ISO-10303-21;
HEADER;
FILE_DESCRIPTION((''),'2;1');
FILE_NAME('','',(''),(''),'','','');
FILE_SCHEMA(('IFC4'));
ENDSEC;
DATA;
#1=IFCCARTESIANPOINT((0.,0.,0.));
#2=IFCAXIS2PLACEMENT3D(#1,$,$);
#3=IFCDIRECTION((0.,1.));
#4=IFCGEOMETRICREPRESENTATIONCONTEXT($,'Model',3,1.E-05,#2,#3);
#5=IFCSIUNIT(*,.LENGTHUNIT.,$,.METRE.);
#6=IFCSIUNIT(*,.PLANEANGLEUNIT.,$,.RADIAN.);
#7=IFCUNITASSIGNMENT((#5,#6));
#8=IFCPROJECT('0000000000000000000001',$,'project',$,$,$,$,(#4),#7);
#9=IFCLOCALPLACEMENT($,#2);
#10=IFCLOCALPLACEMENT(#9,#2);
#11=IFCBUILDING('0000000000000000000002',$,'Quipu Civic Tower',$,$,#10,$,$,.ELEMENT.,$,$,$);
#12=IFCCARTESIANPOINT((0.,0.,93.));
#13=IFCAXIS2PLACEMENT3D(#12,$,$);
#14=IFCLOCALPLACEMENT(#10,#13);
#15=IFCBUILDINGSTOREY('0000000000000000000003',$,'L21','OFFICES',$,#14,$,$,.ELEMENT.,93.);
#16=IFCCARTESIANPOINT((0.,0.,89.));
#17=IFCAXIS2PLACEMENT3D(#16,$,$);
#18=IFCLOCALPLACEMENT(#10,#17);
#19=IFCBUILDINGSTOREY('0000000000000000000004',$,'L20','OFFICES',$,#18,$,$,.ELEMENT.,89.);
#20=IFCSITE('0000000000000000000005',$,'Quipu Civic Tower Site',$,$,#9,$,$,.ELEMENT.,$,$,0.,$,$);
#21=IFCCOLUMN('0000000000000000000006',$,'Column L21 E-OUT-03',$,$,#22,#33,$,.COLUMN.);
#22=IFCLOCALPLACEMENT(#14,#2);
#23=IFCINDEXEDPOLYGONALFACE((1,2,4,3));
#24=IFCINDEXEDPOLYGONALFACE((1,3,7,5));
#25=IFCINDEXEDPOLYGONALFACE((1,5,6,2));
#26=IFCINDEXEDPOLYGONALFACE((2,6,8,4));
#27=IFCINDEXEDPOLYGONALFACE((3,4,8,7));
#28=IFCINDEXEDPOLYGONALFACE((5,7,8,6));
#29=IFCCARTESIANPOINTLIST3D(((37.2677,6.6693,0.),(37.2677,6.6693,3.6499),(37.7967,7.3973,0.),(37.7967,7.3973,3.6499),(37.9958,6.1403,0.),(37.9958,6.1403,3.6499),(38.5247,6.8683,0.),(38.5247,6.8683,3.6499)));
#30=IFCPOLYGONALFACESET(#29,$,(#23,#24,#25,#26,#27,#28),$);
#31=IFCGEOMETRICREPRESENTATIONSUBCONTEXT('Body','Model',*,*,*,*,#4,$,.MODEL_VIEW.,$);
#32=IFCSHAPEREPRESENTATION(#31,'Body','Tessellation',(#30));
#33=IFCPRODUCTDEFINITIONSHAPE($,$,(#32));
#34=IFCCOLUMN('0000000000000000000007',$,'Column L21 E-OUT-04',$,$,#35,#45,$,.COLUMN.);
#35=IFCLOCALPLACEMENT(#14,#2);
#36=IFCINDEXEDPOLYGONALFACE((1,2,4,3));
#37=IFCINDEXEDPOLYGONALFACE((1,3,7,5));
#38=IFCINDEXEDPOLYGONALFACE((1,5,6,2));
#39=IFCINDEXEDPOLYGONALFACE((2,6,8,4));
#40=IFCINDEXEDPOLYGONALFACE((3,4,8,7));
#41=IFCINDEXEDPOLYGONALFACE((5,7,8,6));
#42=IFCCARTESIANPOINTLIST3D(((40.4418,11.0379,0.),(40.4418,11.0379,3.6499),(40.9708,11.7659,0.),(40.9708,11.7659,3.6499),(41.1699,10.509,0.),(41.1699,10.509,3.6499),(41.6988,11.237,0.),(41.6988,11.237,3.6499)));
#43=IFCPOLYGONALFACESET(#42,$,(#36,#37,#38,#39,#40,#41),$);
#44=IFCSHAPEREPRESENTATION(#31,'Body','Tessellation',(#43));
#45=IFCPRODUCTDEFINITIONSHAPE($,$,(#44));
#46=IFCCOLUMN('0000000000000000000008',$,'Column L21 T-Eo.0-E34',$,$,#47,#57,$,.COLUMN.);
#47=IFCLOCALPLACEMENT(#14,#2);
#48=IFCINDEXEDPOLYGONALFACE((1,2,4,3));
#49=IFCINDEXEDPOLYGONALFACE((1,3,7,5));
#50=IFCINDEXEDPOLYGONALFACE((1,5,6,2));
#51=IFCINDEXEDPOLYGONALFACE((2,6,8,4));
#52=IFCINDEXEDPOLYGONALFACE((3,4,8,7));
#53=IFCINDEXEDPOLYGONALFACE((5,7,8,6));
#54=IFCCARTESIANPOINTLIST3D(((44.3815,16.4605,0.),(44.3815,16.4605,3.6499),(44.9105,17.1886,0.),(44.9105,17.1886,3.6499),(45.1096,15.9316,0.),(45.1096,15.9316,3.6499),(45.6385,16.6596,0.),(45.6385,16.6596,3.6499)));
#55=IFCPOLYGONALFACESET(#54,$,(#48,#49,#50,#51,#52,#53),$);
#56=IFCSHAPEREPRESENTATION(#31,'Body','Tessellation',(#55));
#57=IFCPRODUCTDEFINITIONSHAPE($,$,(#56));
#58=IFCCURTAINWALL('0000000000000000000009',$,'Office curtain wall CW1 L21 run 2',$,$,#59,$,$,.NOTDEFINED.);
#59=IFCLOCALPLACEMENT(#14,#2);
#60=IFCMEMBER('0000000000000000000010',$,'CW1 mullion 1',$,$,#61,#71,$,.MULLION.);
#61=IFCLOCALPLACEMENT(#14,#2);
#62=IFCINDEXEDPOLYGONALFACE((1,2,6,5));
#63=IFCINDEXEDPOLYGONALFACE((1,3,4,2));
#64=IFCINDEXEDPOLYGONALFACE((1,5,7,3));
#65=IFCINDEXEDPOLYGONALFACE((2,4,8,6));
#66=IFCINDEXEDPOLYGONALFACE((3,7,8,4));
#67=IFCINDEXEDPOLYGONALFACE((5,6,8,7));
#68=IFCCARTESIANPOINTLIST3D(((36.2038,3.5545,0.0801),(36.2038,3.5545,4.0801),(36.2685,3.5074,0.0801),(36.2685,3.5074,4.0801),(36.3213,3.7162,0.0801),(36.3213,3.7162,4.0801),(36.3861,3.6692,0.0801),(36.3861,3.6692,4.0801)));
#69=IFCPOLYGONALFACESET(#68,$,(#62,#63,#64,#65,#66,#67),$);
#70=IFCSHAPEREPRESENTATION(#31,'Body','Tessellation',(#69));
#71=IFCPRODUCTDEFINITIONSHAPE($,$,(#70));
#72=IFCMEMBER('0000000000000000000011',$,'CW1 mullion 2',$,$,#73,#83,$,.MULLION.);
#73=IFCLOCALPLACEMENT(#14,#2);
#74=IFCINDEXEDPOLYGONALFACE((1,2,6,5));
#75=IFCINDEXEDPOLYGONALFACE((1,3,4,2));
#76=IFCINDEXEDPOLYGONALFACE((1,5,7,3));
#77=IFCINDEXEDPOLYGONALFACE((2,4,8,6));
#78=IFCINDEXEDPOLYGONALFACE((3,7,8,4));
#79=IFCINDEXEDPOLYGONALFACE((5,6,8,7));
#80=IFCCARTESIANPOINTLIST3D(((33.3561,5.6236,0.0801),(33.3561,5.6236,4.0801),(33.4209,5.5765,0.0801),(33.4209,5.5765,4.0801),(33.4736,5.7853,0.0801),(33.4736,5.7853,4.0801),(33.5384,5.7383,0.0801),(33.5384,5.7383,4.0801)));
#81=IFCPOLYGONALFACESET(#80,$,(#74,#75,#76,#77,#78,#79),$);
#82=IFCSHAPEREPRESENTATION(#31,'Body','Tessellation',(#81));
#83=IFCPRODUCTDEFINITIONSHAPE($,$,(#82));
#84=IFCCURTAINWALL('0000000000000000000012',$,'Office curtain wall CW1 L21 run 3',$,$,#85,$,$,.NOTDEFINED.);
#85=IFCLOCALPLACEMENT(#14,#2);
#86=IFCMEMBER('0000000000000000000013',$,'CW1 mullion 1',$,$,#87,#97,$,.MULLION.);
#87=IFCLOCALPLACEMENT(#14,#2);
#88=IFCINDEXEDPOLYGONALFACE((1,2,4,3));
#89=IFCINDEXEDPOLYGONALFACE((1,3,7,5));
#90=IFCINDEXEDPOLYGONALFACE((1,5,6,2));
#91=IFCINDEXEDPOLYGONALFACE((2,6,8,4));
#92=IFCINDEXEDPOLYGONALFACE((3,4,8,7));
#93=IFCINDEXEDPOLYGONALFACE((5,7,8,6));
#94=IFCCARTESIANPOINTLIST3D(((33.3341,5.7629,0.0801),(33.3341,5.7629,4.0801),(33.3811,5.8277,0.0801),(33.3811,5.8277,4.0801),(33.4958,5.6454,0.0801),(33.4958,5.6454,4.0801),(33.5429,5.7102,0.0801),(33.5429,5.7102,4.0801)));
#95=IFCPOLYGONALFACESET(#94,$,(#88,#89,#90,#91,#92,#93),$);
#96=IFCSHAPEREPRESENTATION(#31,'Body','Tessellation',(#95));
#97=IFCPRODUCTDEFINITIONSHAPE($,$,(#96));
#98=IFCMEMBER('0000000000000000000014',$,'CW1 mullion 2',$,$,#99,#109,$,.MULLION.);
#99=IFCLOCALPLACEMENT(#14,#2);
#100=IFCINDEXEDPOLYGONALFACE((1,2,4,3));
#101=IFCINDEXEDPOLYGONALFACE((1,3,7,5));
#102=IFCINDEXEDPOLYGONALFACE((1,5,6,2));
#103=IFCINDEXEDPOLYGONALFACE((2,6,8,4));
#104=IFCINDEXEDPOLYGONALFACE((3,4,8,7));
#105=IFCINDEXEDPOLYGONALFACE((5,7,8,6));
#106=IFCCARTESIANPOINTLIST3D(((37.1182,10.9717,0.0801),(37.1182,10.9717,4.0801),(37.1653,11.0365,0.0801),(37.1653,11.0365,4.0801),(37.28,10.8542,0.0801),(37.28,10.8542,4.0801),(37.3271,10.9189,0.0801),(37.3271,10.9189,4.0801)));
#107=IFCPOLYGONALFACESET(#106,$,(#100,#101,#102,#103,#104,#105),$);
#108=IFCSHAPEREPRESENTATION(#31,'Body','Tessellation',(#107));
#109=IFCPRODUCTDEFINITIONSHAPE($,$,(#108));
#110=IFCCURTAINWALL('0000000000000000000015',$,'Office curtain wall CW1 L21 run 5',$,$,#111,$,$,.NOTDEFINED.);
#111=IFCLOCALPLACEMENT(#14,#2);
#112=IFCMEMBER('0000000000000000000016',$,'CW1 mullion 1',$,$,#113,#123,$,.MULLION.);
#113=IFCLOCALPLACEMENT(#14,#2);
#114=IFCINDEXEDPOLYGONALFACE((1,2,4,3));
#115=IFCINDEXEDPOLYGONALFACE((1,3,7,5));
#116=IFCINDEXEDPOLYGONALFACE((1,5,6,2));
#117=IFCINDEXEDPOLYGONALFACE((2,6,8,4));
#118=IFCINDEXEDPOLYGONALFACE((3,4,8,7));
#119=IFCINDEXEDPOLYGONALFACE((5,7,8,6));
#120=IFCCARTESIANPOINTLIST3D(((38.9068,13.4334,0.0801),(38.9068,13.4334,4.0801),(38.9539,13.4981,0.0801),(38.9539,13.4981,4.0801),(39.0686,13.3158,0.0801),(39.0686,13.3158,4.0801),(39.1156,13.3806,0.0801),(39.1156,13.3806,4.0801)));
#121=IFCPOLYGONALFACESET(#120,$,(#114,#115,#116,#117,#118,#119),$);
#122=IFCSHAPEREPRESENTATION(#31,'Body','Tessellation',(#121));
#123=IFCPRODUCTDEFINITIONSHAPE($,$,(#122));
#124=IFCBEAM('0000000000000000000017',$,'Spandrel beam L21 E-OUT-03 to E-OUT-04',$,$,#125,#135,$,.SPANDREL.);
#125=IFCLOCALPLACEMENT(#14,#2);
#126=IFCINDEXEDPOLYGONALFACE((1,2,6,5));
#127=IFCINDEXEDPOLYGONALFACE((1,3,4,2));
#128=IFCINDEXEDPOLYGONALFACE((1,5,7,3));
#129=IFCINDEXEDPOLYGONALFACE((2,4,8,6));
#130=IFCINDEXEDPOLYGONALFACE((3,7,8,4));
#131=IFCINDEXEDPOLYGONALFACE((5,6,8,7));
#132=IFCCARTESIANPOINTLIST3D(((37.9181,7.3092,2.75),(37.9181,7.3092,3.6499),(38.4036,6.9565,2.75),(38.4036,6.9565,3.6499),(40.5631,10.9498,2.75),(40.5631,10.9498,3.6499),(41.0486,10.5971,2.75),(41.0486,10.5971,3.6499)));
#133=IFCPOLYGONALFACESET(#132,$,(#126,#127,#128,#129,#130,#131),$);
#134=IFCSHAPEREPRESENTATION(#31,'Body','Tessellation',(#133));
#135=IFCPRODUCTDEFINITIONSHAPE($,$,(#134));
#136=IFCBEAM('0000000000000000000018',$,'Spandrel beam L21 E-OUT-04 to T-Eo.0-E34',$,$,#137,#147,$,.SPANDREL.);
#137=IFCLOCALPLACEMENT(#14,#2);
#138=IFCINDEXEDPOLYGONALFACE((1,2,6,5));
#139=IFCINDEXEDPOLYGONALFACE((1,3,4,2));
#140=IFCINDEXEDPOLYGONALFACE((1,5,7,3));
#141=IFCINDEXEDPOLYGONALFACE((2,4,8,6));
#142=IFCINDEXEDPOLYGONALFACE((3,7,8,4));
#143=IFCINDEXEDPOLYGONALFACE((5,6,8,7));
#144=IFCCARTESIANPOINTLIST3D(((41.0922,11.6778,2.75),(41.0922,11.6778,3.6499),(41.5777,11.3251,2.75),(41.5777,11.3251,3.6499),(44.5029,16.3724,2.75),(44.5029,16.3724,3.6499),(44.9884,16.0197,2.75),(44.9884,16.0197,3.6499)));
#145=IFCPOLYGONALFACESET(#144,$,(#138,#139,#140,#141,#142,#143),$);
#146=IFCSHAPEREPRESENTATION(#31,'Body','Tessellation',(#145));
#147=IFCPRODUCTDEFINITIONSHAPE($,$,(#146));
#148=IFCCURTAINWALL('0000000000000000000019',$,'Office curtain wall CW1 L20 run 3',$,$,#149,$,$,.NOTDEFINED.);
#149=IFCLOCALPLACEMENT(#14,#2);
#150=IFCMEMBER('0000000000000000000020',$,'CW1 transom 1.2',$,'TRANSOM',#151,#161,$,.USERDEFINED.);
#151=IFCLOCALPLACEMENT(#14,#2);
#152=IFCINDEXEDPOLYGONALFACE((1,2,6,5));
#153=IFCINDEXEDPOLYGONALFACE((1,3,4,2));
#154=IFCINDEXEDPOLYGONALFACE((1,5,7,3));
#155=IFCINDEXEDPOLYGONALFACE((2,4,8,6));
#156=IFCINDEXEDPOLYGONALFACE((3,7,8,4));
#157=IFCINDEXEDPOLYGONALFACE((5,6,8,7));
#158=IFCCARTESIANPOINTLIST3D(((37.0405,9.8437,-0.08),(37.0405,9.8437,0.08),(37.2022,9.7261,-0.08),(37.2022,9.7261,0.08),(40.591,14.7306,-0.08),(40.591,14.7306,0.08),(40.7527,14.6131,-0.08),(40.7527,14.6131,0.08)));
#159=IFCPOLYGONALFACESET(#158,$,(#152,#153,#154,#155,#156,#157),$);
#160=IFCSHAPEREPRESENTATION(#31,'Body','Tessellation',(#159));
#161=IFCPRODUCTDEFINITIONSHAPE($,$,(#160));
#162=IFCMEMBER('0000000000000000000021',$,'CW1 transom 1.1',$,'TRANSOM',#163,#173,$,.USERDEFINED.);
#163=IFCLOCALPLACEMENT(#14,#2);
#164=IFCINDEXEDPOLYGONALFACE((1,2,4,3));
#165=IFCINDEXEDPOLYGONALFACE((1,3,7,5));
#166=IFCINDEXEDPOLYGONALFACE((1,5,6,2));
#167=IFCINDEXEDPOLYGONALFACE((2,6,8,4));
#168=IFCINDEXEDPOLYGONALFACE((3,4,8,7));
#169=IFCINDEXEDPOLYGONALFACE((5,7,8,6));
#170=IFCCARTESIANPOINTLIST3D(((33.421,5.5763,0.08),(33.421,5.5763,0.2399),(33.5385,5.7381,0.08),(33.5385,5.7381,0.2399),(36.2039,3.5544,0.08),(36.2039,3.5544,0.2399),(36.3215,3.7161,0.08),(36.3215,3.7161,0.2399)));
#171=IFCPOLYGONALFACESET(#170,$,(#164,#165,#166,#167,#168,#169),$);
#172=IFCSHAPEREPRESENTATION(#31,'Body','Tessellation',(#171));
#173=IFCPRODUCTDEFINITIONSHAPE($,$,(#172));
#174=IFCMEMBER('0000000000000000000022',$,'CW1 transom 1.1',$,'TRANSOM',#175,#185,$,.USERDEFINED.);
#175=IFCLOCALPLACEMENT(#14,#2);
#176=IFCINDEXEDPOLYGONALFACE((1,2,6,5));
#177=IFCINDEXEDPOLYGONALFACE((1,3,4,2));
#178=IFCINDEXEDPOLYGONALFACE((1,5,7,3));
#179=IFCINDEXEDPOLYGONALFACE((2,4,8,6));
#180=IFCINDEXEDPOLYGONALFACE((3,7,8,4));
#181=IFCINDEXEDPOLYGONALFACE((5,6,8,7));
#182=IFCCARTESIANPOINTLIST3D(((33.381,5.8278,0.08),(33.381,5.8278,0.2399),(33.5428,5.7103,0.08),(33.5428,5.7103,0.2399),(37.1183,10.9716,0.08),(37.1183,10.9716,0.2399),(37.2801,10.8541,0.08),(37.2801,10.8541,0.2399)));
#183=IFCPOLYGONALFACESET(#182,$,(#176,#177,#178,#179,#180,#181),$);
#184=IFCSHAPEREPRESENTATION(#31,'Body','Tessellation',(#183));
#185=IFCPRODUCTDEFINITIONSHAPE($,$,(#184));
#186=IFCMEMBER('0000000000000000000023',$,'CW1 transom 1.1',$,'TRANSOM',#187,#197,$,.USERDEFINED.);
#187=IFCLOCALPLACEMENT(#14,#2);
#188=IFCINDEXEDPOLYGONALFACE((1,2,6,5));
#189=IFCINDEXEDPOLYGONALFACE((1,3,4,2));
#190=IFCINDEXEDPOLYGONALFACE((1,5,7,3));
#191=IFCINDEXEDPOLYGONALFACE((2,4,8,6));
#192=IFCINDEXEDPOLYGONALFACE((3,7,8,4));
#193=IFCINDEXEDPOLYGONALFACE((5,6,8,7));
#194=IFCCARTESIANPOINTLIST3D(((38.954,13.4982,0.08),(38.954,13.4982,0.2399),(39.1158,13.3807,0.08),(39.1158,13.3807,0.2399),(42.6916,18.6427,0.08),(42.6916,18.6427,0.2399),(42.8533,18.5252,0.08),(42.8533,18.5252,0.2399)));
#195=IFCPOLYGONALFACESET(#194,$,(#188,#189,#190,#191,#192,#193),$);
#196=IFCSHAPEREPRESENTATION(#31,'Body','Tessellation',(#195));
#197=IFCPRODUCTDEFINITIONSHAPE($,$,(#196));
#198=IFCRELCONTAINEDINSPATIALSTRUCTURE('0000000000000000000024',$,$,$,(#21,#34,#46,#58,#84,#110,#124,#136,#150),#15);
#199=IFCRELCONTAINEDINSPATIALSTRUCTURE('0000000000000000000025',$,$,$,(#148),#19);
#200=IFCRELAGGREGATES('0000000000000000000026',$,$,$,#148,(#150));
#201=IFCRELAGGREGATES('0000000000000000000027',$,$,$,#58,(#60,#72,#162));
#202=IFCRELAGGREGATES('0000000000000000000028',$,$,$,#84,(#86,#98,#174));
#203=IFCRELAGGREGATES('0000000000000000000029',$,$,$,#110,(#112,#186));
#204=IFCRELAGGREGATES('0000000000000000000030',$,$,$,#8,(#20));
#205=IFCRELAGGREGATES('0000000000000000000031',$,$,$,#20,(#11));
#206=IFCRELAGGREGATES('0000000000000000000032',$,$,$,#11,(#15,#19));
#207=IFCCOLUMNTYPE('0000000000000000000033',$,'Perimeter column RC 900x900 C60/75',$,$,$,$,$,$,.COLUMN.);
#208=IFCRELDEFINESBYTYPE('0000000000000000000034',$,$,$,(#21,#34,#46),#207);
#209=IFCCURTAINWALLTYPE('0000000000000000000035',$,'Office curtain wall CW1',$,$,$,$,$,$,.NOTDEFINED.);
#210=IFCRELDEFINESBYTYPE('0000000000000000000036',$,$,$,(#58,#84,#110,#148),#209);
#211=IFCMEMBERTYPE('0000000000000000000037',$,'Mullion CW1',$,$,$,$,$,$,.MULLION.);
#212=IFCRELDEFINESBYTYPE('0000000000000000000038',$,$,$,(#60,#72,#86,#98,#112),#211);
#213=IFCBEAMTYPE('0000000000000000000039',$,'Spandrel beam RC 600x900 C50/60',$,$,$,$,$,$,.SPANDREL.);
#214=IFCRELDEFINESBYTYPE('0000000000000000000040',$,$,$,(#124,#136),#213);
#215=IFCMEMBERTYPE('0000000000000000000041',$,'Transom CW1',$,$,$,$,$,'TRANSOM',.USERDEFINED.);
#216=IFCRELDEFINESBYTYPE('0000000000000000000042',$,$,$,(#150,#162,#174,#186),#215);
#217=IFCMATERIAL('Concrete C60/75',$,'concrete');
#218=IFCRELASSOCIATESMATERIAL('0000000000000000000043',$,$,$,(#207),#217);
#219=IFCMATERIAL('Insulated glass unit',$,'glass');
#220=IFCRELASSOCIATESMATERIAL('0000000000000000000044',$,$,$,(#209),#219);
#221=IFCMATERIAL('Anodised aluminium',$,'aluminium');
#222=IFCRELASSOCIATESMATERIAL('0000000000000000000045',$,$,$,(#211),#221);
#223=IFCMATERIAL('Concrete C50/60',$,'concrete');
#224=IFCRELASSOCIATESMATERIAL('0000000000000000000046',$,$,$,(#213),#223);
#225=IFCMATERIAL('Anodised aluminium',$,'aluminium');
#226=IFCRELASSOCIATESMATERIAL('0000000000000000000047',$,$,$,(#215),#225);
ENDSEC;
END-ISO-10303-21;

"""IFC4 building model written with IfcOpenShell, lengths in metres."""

from ifc_helpers import new_model, si_unit, direction, frame, origin, origin_2d, place, context, subcontext, project, spatial, rectangle, extrude, material, material_profile, profile_set, type_object, element, aggregate, save


model = new_model("IFC4")

# Units and contexts
model_context = context("Model", 3, precision=1e-05, world=origin(), true_north=direction((0.0, 1.0)))
body_context = subcontext(model_context, "Body", "Model", "MODEL_VIEW")
ifc_project = project(units=[si_unit("LENGTHUNIT", "METRE"), si_unit("PLANEANGLEUNIT", "RADIAN")], contexts=[model_context])

# Site, building, storey
site_placement = place(None, origin())
site = spatial("IfcSite", under=ifc_project, at=site_placement, Name="Quipu Civic Tower Site", CompositionType="ELEMENT", RefElevation=0.0)
building_placement = place(site_placement, origin())
building = spatial("IfcBuilding", under=site, at=building_placement, Name="Quipu Civic Tower", CompositionType="ELEMENT")
storey_1_placement = place(building_placement, frame((0.0, 0.0, 93.0)))
storey_1 = spatial("IfcBuildingStorey", under=building, at=storey_1_placement, Name="L21", Description="OFFICES", CompositionType="ELEMENT", Elevation=93.0)

# Columns
ifc_material_1 = material(Name="Concrete C60/75", Category="concrete")
ifc_material_profile_1 = material_profile(ifc_material_1, rectangle(XDim=0.8999, YDim=0.8999, at=origin_2d()), Name="RC900x900")
ifc_profile_set_1 = profile_set([ifc_material_profile_1], Name="Concrete C60/75")
column_type = type_object("IfcColumnType", Name="Perimeter column RC 900x900 C60/75", PredefinedType="COLUMN", material=ifc_profile_set_1)
for number, where, z_axis, x_axis, name in (
    (1, (37.8962, 6.7688, 0.0), (0.0, 0.0, 1.0), (0.587785, 0.809017, 0.0), "Column L21 E-OUT-03"),
    (2, (41.0703, 11.1375, 0.0), (0.0, 0.0, 1.0), (0.587785, 0.809017, 0.0), "Column L21 E-OUT-04"),
    (3, (45.01, 16.5601, 0.0), (0.0, 0.0, 1.0), (0.587785, 0.809017, 0.0), "Column L21 T-Eo.0-E34"),
):
    element("IfcColumn", number, at=place(storey_1_placement, frame(where, z_axis=z_axis, x_axis=x_axis)), inside=storey_1, type_object=column_type, Name=name, PredefinedType="COLUMN", context=body_context, shape_type="SweptSolid", body=[
        extrude(rectangle(XDim=0.8999, YDim=0.8999, at=origin_2d()), origin(), (0.0, 0.0, 1.0), 3.6499),
    ])

# Curtain walls, members
ifc_material_2 = material(Name="Insulated glass unit", Category="glass")
curtain_wall_type = type_object("IfcCurtainWallType", Name="Office curtain wall CW1", PredefinedType="NOTDEFINED", material=ifc_material_2)
curtain_wall_1_placement = place(storey_1_placement, origin())
curtain_wall_1 = element("IfcCurtainWall", 4, at=curtain_wall_1_placement, inside=storey_1, type_object=curtain_wall_type, Name="Office curtain wall CW1 L21 run 2", PredefinedType="NOTDEFINED")
ifc_material_3 = material(Name="Anodised aluminium", Category="aluminium")
ifc_material_profile_2 = material_profile(ifc_material_3, rectangle(XDim=0.2, YDim=0.0801, at=origin_2d()), Name="RECT 200x80")
ifc_profile_set_2 = profile_set([ifc_material_profile_2], Name="Anodised aluminium")
member_type_1 = type_object("IfcMemberType", Name="Mullion CW1", PredefinedType="MULLION", material=ifc_profile_set_2)
member_1_placement = place(storey_1_placement, frame((36.2949, 3.6118, 0.0801), z_axis=(0.0, 0.0, 1.0), x_axis=(-0.587788, -0.809015, 0.0)))
member_1 = element("IfcMember", 5, at=member_1_placement, type_object=member_type_1, Name="CW1 mullion 1", PredefinedType="MULLION", context=body_context, shape_type="SweptSolid", body=[
    extrude(rectangle(XDim=0.2, YDim=0.0801, at=origin_2d()), origin(), (0.0, 0.0, 1.0), 4.0),
])
member_2_placement = place(storey_1_placement, frame((33.4473, 5.6809, 0.0801), z_axis=(0.0, 0.0, 1.0), x_axis=(-0.587788, -0.809015, 0.0)))
member_2 = element("IfcMember", 6, at=member_2_placement, type_object=member_type_1, Name="CW1 mullion 2", PredefinedType="MULLION", context=body_context, shape_type="SweptSolid", body=[
    extrude(rectangle(XDim=0.2, YDim=0.0801, at=origin_2d()), origin(), (0.0, 0.0, 1.0), 4.0),
])
curtain_wall_2_placement = place(storey_1_placement, origin())
curtain_wall_2 = element("IfcCurtainWall", 7, at=curtain_wall_2_placement, inside=storey_1, type_object=curtain_wall_type, Name="Office curtain wall CW1 L21 run 3", PredefinedType="NOTDEFINED")
member_3_placement = place(storey_1_placement, frame((33.4385, 5.7366, 0.0801), z_axis=(0.0, 0.0, 1.0), x_axis=(-0.809023, 0.587778, 0.0)))
member_3 = element("IfcMember", 8, at=member_3_placement, type_object=member_type_1, Name="CW1 mullion 1", PredefinedType="MULLION", context=body_context, shape_type="SweptSolid", body=[
    extrude(rectangle(XDim=0.2, YDim=0.0801, at=origin_2d()), origin(), (0.0, 0.0, 1.0), 4.0),
])
member_4_placement = place(storey_1_placement, frame((37.2227, 10.9453, 0.0801), z_axis=(0.0, 0.0, 1.0), x_axis=(-0.809023, 0.587778, 0.0)))
member_4 = element("IfcMember", 9, at=member_4_placement, type_object=member_type_1, Name="CW1 mullion 2", PredefinedType="MULLION", context=body_context, shape_type="SweptSolid", body=[
    extrude(rectangle(XDim=0.2, YDim=0.0801, at=origin_2d()), origin(), (0.0, 0.0, 1.0), 4.0),
])

# Curtain wall, member
curtain_wall_3_placement = place(storey_1_placement, origin())
curtain_wall_3 = element("IfcCurtainWall", 10, at=curtain_wall_3_placement, inside=storey_1, type_object=curtain_wall_type, Name="Office curtain wall CW1 L21 run 5", PredefinedType="NOTDEFINED")
member_5_placement = place(storey_1_placement, frame((39.0112, 13.407, 0.0801), z_axis=(0.0, 0.0, 1.0), x_axis=(-0.809018, 0.587784, 0.0)))
member_5 = element("IfcMember", 11, at=member_5_placement, type_object=member_type_1, Name="CW1 mullion 1", PredefinedType="MULLION", context=body_context, shape_type="SweptSolid", body=[
    extrude(rectangle(XDim=0.2, YDim=0.0801, at=origin_2d()), origin(), (0.0, 0.0, 1.0), 4.0),
])

# Beams
ifc_material_4 = material(Name="Concrete C50/60", Category="concrete")
ifc_material_profile_3 = material_profile(ifc_material_4, rectangle(XDim=0.6001, YDim=0.8999, at=origin_2d()), Name="RC600x900")
ifc_profile_set_3 = profile_set([ifc_material_profile_3], Name="Concrete C50/60")
beam_type = type_object("IfcBeamType", Name="Spandrel beam RC 600x900 C50/60", PredefinedType="SPANDREL", material=ifc_profile_set_3)
beam_1_placement = place(storey_1_placement, frame((38.1609, 7.1328, 3.2), z_axis=(0.587778, 0.809022, 0.0), x_axis=(-0.809022, 0.587778, 0.0)))
element("IfcBeam", 12, at=beam_1_placement, inside=storey_1, type_object=beam_type, Name="Spandrel beam L21 E-OUT-03 to E-OUT-04", PredefinedType="SPANDREL", context=body_context, shape_type="SweptSolid", body=[
    extrude(rectangle(XDim=0.6001, YDim=0.8999, at=origin_2d()), origin(), (0.0, 0.0, 1.0), 4.5),
])
beam_2_placement = place(storey_1_placement, frame((41.335, 11.5015, 3.2), z_axis=(0.587766, 0.809031, 0.0), x_axis=(-0.809031, 0.587766, 0.0)))
element("IfcBeam", 13, at=beam_2_placement, inside=storey_1, type_object=beam_type, Name="Spandrel beam L21 E-OUT-04 to T-Eo.0-E34", PredefinedType="SPANDREL", context=body_context, shape_type="SweptSolid", body=[
    extrude(rectangle(XDim=0.6001, YDim=0.8999, at=origin_2d()), origin(), (0.0, 0.0, 1.0), 5.8027),
])

# Shared definitions
storey_2_placement = place(building_placement, frame((0.0, 0.0, 89.0)))
storey_2 = spatial("IfcBuildingStorey", under=building, at=storey_2_placement, Name="L20", Description="OFFICES", CompositionType="ELEMENT", Elevation=89.0)

# Curtain wall, member
curtain_wall_4_placement = place(storey_2_placement, origin())
curtain_wall_4 = element("IfcCurtainWall", 14, at=curtain_wall_4_placement, inside=storey_2, type_object=curtain_wall_type, Name="Office curtain wall CW1 L20 run 3", PredefinedType="NOTDEFINED")
ifc_material_5 = material(Name="Anodised aluminium", Category="aluminium")
ifc_material_profile_4 = material_profile(ifc_material_5, rectangle(XDim=0.2, YDim=0.1599, at=origin_2d()), Name="RECT 200x160")
ifc_profile_set_4 = profile_set([ifc_material_profile_4], Name="Anodised aluminium")
member_type_2 = type_object("IfcMemberType", Name="Transom CW1", ElementType="TRANSOM", PredefinedType="USERDEFINED", material=ifc_profile_set_4)
member_6_placement = place(storey_1_placement, frame((37.1213, 9.7849, 0.0), z_axis=(0.58778, 0.809021, 0.0), x_axis=(-0.809021, 0.58778, 0.0)))
member_6 = element("IfcMember", 15, at=member_6_placement, inside=storey_1, type_object=member_type_2, Name="CW1 transom 1.2", ObjectType="TRANSOM", PredefinedType="USERDEFINED", context=body_context, shape_type="SweptSolid", body=[
    extrude(rectangle(XDim=0.2, YDim=0.1599, at=origin_2d()), origin(), (0.0, 0.0, 1.0), 6.0405),
])
aggregate(curtain_wall_4, [member_6])

# Members
member_7_placement = place(storey_1_placement, frame((36.2627, 3.6353, 0.1599), z_axis=(-0.809012, 0.587792, 0.0), x_axis=(-0.587792, -0.809012, 0.0)))
member_7 = element("IfcMember", 16, at=member_7_placement, type_object=member_type_2, Name="CW1 transom 1.1", ObjectType="TRANSOM", PredefinedType="USERDEFINED", context=body_context, shape_type="SweptSolid", body=[
    extrude(rectangle(XDim=0.2, YDim=0.1599, at=origin_2d()), origin(), (0.0, 0.0, 1.0), 3.4399),
])
member_8_placement = place(storey_1_placement, frame((33.4619, 5.769, 0.1599), z_axis=(0.587797, 0.809008, 0.0), x_axis=(-0.809008, 0.587797, 0.0)))
member_8 = element("IfcMember", 17, at=member_8_placement, type_object=member_type_2, Name="CW1 transom 1.1", ObjectType="TRANSOM", PredefinedType="USERDEFINED", context=body_context, shape_type="SweptSolid", body=[
    extrude(rectangle(XDim=0.2, YDim=0.1599, at=origin_2d()), origin(), (0.0, 0.0, 1.0), 6.3582),
])
member_9_placement = place(storey_1_placement, frame((39.0349, 13.4395, 0.1599), z_axis=(0.587768, 0.80903, 0.0), x_axis=(-0.80903, 0.587768, 0.0)))
member_9 = element("IfcMember", 18, at=member_9_placement, type_object=member_type_2, Name="CW1 transom 1.1", ObjectType="TRANSOM", PredefinedType="USERDEFINED", context=body_context, shape_type="SweptSolid", body=[
    extrude(rectangle(XDim=0.2, YDim=0.1599, at=origin_2d()), origin(), (0.0, 0.0, 1.0), 6.3589),
])

aggregate(curtain_wall_1, [member_1, member_2, member_7])
aggregate(curtain_wall_2, [member_3, member_4, member_8])
aggregate(curtain_wall_3, [member_5, member_9])

save(model, "model.ifc")
